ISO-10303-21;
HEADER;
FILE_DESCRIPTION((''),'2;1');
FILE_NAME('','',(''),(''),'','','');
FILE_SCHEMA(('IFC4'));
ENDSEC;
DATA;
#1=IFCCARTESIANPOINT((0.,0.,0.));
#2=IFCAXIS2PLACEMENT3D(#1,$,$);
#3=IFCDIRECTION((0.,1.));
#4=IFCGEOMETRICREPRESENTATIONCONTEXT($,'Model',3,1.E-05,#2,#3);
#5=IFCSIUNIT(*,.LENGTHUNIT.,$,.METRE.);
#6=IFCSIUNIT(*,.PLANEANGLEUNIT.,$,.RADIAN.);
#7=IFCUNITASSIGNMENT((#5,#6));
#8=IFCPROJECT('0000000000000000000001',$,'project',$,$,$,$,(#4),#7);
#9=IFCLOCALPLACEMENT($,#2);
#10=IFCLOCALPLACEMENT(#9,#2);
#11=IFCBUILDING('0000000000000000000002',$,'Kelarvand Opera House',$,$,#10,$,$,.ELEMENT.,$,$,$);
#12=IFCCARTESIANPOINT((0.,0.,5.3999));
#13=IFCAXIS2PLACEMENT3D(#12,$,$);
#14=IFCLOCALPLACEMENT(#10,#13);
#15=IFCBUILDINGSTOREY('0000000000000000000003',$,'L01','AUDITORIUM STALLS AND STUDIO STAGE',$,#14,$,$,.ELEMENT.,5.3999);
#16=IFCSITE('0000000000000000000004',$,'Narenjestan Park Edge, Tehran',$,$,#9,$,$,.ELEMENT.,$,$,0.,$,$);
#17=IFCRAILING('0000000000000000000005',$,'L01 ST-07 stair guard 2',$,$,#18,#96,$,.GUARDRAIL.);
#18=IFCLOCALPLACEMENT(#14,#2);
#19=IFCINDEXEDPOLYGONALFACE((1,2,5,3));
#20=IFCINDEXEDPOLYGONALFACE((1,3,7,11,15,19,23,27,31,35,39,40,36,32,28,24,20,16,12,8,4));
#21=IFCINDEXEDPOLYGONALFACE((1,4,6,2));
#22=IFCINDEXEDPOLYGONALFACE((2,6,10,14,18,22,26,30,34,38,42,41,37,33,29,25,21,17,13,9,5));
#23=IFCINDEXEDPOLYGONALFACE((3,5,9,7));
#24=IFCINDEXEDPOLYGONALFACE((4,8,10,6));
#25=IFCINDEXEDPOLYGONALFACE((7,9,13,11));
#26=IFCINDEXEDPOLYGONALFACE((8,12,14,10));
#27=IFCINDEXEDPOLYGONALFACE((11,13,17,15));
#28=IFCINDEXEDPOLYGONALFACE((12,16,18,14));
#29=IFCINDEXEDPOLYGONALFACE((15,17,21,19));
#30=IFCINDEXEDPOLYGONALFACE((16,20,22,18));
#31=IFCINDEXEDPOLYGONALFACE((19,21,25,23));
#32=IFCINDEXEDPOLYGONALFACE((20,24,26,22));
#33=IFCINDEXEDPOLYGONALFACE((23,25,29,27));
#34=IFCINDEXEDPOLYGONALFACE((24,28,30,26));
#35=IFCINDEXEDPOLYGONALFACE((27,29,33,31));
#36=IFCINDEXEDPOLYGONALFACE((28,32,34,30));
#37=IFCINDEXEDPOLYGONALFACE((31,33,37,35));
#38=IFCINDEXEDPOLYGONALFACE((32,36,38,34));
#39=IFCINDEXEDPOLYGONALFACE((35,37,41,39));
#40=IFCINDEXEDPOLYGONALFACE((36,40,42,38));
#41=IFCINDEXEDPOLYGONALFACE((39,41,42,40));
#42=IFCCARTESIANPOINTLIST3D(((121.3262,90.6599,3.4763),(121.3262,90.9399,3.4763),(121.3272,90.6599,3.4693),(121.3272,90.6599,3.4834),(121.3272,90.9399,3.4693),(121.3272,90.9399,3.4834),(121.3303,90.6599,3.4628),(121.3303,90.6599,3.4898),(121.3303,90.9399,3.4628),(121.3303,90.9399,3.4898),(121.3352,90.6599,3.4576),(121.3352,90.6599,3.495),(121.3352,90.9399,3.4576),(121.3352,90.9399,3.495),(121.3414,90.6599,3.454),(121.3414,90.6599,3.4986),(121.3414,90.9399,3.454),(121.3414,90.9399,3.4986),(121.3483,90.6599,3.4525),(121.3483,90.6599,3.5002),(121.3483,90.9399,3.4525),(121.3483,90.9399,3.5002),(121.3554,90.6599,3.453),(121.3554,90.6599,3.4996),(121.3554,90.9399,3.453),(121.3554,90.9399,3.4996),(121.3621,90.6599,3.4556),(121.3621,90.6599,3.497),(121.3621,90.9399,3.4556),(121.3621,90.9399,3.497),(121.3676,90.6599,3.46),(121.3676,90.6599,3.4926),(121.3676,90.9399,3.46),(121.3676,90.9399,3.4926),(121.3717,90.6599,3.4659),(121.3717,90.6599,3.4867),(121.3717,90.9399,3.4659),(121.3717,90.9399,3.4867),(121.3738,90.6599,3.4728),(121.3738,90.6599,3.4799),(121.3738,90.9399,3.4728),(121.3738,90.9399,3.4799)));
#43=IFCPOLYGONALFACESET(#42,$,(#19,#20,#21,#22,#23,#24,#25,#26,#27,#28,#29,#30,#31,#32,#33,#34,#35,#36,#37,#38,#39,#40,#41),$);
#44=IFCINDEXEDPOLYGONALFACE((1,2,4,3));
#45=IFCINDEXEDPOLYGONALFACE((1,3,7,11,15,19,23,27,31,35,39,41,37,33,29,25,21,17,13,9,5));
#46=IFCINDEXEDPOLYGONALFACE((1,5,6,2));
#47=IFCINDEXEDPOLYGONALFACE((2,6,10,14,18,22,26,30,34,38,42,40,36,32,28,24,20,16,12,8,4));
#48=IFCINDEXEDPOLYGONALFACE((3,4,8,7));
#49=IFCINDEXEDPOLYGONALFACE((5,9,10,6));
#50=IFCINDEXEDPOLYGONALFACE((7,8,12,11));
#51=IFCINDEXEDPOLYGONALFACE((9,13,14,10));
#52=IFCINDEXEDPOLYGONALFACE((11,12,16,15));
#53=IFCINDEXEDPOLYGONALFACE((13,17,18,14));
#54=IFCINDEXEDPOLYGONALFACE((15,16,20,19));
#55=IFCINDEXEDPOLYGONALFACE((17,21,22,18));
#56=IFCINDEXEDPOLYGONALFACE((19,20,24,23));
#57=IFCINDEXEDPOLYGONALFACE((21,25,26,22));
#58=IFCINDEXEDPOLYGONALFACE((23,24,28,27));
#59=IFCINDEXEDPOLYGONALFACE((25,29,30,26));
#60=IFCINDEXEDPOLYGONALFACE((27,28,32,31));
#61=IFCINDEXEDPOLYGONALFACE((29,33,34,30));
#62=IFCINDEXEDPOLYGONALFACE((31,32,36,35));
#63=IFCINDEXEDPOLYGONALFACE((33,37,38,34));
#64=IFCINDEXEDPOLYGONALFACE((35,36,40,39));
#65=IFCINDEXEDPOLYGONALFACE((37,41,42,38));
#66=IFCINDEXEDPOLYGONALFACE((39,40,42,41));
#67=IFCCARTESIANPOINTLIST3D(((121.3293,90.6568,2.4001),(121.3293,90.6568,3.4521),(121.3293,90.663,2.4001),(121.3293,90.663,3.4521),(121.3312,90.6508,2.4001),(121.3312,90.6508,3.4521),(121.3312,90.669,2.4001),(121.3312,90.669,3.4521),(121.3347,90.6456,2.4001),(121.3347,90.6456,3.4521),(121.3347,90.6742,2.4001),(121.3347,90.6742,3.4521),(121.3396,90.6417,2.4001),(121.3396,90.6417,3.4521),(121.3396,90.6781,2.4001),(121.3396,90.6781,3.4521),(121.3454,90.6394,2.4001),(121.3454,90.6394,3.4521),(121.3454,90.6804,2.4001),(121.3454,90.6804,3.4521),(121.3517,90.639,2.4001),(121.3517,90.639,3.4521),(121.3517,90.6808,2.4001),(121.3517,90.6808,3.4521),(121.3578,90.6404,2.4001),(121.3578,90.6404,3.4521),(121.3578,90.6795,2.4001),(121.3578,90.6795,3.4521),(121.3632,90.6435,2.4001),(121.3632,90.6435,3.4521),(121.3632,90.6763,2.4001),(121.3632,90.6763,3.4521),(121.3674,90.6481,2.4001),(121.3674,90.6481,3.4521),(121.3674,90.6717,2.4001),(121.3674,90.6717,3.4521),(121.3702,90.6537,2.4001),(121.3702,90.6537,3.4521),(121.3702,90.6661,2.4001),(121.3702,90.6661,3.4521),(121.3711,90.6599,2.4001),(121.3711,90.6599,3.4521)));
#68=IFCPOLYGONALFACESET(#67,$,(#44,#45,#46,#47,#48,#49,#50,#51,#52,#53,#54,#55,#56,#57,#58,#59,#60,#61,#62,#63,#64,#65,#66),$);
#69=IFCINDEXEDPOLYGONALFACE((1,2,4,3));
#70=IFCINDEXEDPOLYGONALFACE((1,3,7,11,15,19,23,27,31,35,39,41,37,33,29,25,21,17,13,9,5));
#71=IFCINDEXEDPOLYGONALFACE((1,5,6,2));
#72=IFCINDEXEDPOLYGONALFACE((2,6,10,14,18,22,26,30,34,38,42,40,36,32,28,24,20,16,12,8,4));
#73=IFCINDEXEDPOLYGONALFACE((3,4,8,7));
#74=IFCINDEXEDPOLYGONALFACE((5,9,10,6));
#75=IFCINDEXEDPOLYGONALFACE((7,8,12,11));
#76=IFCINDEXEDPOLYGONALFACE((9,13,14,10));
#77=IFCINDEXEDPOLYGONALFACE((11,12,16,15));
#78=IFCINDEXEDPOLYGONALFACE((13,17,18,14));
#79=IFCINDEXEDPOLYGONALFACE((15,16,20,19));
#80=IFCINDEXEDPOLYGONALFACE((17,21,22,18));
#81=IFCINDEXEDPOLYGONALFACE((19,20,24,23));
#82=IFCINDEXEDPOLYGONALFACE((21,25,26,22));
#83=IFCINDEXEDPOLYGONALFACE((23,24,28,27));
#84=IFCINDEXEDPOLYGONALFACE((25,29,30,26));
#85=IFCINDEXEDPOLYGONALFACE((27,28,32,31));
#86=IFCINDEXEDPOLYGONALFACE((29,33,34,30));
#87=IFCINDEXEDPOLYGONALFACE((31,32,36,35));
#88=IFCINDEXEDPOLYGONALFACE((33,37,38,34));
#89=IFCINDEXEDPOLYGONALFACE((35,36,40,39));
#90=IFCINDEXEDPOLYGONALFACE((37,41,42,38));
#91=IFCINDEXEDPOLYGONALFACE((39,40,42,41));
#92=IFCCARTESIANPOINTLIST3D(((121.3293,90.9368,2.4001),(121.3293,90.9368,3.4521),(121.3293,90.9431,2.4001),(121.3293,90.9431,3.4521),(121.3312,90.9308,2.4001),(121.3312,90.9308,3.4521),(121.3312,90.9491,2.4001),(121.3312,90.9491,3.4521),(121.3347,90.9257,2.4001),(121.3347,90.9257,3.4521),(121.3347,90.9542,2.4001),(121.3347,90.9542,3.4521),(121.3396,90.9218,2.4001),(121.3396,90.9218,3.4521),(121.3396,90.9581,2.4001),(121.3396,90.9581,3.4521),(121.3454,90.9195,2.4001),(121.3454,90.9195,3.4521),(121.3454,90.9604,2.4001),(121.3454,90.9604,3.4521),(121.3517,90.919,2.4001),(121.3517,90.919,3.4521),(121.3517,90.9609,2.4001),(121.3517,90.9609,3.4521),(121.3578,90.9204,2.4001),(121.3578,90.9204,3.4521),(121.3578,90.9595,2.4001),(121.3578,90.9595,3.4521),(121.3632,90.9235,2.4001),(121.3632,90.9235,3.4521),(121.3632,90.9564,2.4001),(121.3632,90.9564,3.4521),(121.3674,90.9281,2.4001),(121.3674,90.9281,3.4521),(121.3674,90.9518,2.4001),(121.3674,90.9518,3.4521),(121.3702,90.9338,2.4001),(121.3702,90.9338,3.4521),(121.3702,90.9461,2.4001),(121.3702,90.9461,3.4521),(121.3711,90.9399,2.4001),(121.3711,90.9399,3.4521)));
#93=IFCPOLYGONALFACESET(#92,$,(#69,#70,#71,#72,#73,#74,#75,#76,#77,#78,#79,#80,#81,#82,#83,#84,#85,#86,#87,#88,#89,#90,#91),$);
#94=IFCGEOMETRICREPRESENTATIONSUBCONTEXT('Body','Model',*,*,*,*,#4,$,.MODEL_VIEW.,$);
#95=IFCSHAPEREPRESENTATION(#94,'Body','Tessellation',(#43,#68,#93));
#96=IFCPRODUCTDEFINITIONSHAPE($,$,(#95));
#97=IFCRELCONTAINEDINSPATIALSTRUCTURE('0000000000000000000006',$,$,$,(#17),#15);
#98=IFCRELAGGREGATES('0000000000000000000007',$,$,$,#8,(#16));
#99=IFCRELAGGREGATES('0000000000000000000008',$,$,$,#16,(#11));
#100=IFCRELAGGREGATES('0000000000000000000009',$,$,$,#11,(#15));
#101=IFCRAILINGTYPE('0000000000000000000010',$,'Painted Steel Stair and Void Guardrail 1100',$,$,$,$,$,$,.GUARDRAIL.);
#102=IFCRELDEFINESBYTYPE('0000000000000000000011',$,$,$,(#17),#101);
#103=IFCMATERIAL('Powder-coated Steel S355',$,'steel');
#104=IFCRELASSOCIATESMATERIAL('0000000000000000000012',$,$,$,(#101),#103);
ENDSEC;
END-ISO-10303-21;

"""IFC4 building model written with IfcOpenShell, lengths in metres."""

from ifc_helpers import new_model, si_unit, direction, frame, origin, origin_2d, place, context, subcontext, project, spatial, circle, extrude, material, type_object, element, save


model = new_model("IFC4")

# Units and contexts
model_context = context("Model", 3, precision=1e-05, world=origin(), true_north=direction((0.0, 1.0)))
body_context = subcontext(model_context, "Body", "Model", "MODEL_VIEW")
ifc_project = project(units=[si_unit("LENGTHUNIT", "METRE"), si_unit("PLANEANGLEUNIT", "RADIAN")], contexts=[model_context])

# Site, building, storey
site_placement = place(None, origin())
site = spatial("IfcSite", under=ifc_project, at=site_placement, Name="Narenjestan Park Edge, Tehran", CompositionType="ELEMENT", RefElevation=0.0)
building_placement = place(site_placement, origin())
building = spatial("IfcBuilding", under=site, at=building_placement, Name="Kelarvand Opera House", CompositionType="ELEMENT")
storey_placement = place(building_placement, frame((0.0, 0.0, 5.3999)))
storey = spatial("IfcBuildingStorey", under=building, at=storey_placement, Name="L01", Description="AUDITORIUM STALLS AND STUDIO STAGE", CompositionType="ELEMENT", Elevation=5.3999)

# Railing
ifc_material_1 = material(Name="Powder-coated Steel S355", Category="steel")
railing_type_1 = type_object("IfcRailingType", Name="Painted Steel Stair and Void Guardrail 1100", PredefinedType="GUARDRAIL", material=ifc_material_1)
railing_1_placement = place(storey_placement, frame((121.3501, 90.6599, 2.4001)))
element("IfcRailing", 1, at=railing_1_placement, inside=storey, type_object=railing_type_1, Name="L01 ST-07 stair guard 2", PredefinedType="GUARDRAIL", context=body_context, shape_type="SweptSolid", body=[
    extrude(circle(Radius=0.0239, at=origin_2d()), frame((0.0, 0.0, 1.0762), z_axis=(0.0, 1.0, 0.0), x_axis=(-1.0, 0.0, 0.0)), (0.0, 0.0, 1.0), 0.28),
    extrude(circle(Radius=0.021, at=origin_2d()), origin(), (0.0, 0.0, 1.0), 1.052),
    extrude(circle(Radius=0.021, at=origin_2d()), frame((0.0, 0.28, 0.0)), (0.0, 0.0, 1.0), 1.052),
])

save(model, "model.ifc")
